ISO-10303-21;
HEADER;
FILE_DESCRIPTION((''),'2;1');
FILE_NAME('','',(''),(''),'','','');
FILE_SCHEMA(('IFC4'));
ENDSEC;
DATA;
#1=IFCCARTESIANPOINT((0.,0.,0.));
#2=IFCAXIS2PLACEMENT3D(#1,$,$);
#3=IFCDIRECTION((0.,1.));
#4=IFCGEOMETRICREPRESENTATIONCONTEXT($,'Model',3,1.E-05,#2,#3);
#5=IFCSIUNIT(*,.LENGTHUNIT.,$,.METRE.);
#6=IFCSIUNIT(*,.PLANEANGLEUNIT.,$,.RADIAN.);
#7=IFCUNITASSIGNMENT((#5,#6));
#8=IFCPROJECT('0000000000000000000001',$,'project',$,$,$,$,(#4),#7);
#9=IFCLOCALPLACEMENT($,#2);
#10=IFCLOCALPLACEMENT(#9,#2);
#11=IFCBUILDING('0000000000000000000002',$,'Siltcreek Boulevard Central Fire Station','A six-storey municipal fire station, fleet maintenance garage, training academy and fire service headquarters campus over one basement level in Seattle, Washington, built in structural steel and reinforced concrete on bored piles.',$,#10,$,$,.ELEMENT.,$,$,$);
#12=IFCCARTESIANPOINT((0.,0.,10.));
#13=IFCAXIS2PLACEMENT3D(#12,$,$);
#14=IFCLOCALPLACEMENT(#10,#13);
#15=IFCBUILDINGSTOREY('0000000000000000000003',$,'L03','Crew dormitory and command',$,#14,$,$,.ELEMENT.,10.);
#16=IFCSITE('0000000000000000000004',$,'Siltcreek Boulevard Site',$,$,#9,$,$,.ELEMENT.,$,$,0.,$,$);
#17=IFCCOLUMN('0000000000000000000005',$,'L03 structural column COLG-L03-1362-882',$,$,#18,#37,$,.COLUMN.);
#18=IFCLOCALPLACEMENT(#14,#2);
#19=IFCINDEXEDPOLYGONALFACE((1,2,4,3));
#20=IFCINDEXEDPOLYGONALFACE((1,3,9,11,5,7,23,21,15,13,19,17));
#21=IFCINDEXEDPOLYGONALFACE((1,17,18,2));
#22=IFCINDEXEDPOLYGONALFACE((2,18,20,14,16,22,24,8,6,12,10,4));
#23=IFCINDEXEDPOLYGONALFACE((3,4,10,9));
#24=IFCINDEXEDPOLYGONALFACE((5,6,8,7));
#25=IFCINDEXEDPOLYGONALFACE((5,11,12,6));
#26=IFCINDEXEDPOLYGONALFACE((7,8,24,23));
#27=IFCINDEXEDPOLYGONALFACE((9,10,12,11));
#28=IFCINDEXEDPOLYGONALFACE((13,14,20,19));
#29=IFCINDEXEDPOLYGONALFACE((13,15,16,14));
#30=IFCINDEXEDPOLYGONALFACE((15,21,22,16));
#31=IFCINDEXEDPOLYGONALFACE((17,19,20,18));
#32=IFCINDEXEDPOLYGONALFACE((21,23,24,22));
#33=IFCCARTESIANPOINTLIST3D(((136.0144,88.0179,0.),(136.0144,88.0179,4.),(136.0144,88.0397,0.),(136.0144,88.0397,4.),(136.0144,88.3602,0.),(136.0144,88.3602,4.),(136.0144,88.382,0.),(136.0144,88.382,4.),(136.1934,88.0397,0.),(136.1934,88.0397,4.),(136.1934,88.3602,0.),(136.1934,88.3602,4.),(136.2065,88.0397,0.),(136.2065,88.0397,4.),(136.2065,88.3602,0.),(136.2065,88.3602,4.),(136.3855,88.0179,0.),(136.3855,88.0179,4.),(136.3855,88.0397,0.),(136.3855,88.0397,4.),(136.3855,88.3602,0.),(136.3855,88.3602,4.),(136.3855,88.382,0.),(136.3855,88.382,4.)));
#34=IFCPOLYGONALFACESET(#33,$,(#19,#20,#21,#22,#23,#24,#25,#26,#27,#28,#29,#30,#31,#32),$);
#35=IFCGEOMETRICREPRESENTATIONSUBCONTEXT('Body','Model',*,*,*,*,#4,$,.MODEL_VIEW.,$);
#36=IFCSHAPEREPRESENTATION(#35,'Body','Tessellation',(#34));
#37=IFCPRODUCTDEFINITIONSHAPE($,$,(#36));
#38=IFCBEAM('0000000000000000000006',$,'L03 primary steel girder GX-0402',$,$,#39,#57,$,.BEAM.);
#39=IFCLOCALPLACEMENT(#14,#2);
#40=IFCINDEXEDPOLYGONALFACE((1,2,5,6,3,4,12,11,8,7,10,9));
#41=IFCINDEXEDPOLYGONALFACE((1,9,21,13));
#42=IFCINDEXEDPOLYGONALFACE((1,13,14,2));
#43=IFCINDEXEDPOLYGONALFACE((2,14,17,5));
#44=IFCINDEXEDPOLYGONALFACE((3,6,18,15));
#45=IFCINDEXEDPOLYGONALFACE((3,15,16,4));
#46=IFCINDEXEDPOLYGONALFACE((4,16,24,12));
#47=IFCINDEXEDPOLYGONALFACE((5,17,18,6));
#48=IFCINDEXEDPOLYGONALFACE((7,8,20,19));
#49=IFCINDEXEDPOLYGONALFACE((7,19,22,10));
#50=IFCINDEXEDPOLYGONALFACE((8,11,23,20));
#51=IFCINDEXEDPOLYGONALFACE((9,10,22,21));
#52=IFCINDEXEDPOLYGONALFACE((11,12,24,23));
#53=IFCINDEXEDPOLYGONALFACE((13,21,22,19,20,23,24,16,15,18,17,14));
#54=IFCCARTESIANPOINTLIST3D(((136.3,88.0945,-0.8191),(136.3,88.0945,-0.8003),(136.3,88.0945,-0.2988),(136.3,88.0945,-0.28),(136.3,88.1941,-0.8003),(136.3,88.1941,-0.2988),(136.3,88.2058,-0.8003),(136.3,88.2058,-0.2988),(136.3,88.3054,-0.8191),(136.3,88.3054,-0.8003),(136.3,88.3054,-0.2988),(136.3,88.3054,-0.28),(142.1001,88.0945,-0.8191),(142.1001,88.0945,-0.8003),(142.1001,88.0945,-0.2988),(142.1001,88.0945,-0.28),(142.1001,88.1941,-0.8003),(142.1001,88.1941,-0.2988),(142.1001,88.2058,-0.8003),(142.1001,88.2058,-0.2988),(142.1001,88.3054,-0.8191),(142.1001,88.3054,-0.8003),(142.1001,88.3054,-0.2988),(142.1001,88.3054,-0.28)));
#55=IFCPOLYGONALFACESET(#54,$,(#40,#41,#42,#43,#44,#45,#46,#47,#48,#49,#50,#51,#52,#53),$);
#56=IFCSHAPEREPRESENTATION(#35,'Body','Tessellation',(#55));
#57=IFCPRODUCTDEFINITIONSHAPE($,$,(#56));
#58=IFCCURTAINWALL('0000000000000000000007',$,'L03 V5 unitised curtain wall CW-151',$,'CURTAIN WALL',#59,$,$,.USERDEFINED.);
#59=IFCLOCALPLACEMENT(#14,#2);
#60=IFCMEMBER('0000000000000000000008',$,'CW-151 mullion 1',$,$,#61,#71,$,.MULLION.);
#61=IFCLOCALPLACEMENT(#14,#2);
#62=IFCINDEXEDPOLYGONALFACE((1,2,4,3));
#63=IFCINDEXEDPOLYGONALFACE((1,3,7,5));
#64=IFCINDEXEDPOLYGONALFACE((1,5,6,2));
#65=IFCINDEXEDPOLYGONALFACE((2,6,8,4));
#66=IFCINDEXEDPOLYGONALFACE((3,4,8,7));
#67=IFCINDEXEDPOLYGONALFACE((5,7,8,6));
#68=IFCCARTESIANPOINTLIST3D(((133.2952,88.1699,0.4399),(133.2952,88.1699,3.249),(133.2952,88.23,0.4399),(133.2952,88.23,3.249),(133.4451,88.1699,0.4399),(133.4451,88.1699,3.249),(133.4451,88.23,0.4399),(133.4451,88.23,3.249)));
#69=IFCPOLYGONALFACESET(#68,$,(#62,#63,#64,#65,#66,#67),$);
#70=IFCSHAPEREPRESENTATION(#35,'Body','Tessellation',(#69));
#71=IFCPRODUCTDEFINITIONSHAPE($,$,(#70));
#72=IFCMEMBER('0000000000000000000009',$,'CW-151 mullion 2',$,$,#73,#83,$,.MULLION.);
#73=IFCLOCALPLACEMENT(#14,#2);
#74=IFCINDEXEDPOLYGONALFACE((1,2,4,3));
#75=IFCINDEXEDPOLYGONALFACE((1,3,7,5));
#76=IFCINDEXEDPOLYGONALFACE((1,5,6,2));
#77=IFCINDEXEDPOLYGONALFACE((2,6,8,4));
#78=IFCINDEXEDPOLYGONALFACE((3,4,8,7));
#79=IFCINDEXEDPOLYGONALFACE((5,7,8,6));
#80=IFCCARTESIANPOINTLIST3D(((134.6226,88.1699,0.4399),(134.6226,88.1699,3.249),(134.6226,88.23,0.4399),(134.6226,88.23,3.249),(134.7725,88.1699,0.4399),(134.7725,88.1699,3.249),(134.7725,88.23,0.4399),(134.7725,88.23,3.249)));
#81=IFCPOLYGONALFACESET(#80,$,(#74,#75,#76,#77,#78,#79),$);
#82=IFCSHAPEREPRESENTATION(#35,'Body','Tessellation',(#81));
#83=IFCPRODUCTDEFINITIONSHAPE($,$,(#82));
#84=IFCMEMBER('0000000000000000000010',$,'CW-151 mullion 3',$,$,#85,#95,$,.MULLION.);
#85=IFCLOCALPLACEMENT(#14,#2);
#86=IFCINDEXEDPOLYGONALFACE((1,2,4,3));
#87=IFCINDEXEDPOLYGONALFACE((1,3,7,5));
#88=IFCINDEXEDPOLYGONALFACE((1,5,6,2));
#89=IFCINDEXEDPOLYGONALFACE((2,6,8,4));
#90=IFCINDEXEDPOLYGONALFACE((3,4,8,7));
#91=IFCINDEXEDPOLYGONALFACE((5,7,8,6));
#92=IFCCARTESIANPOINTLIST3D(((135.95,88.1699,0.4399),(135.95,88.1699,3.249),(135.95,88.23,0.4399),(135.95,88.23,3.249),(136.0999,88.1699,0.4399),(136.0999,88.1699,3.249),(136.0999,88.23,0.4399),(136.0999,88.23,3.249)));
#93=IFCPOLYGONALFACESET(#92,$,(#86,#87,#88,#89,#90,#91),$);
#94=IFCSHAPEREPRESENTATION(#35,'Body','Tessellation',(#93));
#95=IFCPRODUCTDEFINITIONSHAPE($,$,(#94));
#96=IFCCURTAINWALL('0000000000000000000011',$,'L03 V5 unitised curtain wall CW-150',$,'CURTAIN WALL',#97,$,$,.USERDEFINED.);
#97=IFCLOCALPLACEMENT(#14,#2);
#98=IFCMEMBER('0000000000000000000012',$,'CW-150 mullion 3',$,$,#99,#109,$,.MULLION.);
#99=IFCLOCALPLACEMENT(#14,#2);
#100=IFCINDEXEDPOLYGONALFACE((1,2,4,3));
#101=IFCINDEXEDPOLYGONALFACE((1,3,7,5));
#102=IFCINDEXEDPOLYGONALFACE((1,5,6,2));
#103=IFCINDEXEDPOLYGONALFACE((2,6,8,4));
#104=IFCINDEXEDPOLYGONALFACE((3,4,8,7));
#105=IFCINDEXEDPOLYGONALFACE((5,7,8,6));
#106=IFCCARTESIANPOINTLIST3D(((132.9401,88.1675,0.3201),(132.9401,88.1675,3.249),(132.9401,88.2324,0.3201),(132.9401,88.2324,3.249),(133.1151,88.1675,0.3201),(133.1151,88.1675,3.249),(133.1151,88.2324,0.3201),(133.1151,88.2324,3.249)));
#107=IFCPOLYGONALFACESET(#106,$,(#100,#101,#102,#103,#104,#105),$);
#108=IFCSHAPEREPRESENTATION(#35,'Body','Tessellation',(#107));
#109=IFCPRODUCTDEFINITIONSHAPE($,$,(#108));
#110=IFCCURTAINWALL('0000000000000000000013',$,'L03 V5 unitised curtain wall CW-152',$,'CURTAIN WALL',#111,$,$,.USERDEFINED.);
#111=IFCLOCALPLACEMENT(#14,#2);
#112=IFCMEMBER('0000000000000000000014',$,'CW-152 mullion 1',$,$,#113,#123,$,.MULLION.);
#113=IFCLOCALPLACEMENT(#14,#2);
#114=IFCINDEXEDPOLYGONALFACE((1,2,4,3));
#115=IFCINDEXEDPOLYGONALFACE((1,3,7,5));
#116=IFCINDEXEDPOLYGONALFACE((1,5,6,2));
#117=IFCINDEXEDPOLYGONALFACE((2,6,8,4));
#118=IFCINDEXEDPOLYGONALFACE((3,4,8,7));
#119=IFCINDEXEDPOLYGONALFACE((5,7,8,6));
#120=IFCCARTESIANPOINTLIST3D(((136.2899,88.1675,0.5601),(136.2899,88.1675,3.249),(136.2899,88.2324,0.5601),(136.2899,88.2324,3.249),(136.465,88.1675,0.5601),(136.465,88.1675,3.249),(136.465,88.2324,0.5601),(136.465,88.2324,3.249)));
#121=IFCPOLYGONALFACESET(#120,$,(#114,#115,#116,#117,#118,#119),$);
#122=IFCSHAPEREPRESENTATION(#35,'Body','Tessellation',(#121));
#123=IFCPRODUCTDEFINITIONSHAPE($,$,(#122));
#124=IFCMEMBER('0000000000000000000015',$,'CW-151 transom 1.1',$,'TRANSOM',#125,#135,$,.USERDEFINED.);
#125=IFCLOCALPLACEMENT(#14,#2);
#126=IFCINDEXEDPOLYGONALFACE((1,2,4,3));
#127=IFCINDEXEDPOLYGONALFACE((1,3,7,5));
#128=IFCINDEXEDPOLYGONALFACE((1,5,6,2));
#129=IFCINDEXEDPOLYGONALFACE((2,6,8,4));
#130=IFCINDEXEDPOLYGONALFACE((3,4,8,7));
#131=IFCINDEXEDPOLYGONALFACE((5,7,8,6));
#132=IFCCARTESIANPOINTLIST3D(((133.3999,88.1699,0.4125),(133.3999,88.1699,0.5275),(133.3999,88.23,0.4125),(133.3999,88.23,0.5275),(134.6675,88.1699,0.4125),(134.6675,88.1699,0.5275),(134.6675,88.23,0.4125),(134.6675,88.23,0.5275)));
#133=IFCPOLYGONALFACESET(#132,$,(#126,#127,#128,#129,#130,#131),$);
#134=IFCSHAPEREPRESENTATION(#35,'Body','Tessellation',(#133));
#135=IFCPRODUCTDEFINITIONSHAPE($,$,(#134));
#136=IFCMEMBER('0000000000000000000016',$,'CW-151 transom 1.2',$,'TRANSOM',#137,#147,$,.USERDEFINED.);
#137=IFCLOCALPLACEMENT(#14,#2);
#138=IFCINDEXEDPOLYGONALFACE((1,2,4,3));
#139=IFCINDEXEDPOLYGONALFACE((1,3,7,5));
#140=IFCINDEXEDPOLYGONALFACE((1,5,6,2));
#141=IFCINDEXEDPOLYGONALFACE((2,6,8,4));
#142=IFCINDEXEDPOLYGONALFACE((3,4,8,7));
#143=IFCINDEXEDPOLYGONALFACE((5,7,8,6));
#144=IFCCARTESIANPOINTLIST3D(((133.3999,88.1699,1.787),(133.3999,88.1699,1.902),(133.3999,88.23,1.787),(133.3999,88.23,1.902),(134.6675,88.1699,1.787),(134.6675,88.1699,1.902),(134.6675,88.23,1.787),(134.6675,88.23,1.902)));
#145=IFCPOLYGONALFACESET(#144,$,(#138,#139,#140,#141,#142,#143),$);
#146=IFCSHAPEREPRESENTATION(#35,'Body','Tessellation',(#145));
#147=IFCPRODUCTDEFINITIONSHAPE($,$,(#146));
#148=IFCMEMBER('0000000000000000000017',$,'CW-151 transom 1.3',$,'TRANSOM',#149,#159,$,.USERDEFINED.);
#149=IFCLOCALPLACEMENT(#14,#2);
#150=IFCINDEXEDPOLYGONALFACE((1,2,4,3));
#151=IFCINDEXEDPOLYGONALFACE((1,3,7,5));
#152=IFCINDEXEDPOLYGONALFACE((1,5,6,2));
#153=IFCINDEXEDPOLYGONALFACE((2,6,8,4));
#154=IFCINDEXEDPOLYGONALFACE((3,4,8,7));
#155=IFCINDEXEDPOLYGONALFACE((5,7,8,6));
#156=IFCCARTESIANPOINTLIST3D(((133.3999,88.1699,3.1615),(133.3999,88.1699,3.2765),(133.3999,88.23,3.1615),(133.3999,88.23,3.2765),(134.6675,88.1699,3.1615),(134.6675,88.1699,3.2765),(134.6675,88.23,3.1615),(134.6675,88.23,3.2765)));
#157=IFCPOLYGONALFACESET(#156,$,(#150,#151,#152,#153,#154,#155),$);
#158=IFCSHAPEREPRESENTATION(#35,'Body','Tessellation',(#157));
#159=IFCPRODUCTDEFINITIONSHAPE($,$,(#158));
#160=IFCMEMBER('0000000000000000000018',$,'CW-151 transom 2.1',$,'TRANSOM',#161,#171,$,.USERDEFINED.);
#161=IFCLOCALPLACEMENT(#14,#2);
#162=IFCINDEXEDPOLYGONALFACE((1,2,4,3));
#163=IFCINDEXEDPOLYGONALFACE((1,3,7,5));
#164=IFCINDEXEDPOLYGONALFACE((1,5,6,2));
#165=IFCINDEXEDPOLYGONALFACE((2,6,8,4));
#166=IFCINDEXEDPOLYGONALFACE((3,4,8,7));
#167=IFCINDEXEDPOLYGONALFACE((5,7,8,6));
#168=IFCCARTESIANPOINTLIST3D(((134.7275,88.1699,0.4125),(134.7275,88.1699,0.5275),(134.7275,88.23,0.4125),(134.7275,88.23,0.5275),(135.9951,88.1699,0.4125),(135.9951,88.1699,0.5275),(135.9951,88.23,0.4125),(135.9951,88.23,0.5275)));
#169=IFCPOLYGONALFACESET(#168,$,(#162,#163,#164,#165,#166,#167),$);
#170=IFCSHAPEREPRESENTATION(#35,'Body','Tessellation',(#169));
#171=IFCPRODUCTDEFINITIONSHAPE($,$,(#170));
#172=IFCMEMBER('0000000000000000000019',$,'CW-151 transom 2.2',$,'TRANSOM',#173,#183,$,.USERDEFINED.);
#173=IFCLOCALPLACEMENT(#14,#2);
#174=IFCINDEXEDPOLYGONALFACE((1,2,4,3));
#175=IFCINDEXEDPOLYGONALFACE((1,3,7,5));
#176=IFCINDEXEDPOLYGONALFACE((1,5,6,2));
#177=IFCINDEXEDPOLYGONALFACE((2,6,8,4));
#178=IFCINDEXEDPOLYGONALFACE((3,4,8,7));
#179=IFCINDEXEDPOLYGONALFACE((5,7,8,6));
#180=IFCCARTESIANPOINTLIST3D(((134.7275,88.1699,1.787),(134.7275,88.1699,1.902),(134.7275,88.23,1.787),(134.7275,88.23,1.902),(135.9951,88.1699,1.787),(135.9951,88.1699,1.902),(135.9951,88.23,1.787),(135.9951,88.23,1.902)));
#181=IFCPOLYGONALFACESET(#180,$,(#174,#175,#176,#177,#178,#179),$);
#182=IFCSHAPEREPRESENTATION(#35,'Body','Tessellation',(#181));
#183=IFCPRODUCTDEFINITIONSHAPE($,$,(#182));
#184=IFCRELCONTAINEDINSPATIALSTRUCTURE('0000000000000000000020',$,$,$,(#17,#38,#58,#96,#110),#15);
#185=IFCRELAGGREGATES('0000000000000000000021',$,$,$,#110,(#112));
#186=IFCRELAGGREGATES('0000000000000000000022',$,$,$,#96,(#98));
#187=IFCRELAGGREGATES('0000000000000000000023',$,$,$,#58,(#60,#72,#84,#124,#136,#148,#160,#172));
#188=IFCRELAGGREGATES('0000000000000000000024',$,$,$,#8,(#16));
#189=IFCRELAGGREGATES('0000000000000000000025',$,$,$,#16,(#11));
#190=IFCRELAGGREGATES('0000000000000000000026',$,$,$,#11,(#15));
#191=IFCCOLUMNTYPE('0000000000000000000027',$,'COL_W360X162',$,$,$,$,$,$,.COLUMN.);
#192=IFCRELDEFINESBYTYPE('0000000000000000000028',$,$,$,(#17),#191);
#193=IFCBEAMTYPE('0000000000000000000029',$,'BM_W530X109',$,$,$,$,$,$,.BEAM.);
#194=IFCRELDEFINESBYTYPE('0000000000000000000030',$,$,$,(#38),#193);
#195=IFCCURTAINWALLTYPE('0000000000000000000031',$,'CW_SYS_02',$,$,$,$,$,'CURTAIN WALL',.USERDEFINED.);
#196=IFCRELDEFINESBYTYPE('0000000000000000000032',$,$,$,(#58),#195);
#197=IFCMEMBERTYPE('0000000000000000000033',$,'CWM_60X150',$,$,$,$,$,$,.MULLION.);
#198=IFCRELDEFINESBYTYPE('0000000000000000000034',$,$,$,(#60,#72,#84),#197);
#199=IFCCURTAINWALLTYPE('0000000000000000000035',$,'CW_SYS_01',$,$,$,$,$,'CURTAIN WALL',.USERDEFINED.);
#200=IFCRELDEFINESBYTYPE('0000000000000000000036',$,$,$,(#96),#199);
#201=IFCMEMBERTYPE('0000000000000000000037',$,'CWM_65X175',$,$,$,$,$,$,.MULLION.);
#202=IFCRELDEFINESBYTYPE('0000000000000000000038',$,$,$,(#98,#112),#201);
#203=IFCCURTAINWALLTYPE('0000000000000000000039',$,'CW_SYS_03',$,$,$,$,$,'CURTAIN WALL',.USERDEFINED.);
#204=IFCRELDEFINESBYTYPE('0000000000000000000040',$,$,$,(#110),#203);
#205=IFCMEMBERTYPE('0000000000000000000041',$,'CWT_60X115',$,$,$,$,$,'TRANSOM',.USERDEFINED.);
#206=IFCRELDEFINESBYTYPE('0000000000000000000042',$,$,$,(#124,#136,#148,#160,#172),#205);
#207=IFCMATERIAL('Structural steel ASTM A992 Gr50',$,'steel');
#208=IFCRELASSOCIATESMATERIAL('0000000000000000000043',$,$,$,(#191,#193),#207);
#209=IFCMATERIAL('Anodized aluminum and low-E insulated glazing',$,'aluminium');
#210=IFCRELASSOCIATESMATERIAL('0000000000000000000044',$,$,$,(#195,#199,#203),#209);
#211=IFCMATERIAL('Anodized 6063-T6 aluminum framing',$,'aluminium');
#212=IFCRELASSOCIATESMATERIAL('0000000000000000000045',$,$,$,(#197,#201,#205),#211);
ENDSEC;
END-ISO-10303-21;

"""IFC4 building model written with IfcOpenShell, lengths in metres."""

from ifc_helpers import new_model, si_unit, direction, frame, origin, origin_2d, place, context, subcontext, project, spatial, rectangle, i_section, extrude, material, material_profile, profile_set, type_object, element, aggregate, save


model = new_model("IFC4")

# Units and contexts
model_context = context("Model", 3, precision=1e-05, world=origin(), true_north=direction((0.0, 1.0)))
body_context = subcontext(model_context, "Body", "Model", "MODEL_VIEW")
ifc_project = project(units=[si_unit("LENGTHUNIT", "METRE"), si_unit("PLANEANGLEUNIT", "RADIAN")], contexts=[model_context])

# Site, building, storey
site_placement = place(None, origin())
site = spatial("IfcSite", under=ifc_project, at=site_placement, Name="Siltcreek Boulevard Site", CompositionType="ELEMENT", RefElevation=0.0)
building_placement = place(site_placement, origin())
building = spatial("IfcBuilding", under=site, at=building_placement, Name="Siltcreek Boulevard Central Fire Station", Description="A six-storey municipal fire station, fleet maintenance garage, training academy and fire service headquarters campus over one basement level in Seattle, Washington, built in structural steel and reinforced concrete on bored piles.", CompositionType="ELEMENT")
storey_placement = place(building_placement, frame((0.0, 0.0, 10.0)))
storey = spatial("IfcBuildingStorey", under=building, at=storey_placement, Name="L03", Description="Crew dormitory and command", CompositionType="ELEMENT", Elevation=10.0)

# Column
ifc_material_1 = material(Name="Structural steel ASTM A992 Gr50", Category="steel")
ifc_material_profile_1 = material_profile(ifc_material_1, i_section(OverallWidth=0.3711, OverallDepth=0.364, WebThickness=0.0132, FlangeThickness=0.0217, at=origin_2d()), Name="W360X162")
ifc_profile_set_1 = profile_set([ifc_material_profile_1], Name="Structural steel ASTM A992 Gr50")
column_type = type_object("IfcColumnType", Name="COL_W360X162", PredefinedType="COLUMN", material=ifc_profile_set_1)
column_placement = place(storey_placement, frame((136.2, 88.2, 0.0), z_axis=(0.0, 0.0, 1.0), x_axis=(1.0, 0.0, 0.0)))
element("IfcColumn", 1, at=column_placement, inside=storey, type_object=column_type, Name="L03 structural column COLG-L03-1362-882", PredefinedType="COLUMN", context=body_context, shape_type="SweptSolid", body=[
    extrude(i_section(OverallWidth=0.3711, OverallDepth=0.364, WebThickness=0.0132, FlangeThickness=0.0217, at=origin_2d()), origin(), (0.0, 0.0, 1.0), 4.0),
])

# Beam
ifc_material_profile_2 = material_profile(ifc_material_1, i_section(OverallWidth=0.2109, OverallDepth=0.5391, WebThickness=0.0117, FlangeThickness=0.0188, at=origin_2d()), Name="W530X109")
ifc_profile_set_2 = profile_set([ifc_material_profile_2], Name="Structural steel ASTM A992 Gr50")
beam_type = type_object("IfcBeamType", Name="BM_W530X109", PredefinedType="BEAM", material=ifc_profile_set_2)
beam_placement = place(storey_placement, frame((136.3, 88.2, -0.5496), z_axis=(1.0, 0.0, 0.0), x_axis=(0.0, 1.0, 0.0)))
element("IfcBeam", 2, at=beam_placement, inside=storey, type_object=beam_type, Name="L03 primary steel girder GX-0402", PredefinedType="BEAM", context=body_context, shape_type="SweptSolid", body=[
    extrude(i_section(OverallWidth=0.2109, OverallDepth=0.5391, WebThickness=0.0117, FlangeThickness=0.0188, at=origin_2d()), origin(), (0.0, 0.0, 1.0), 5.8),
])

# Curtain wall, members
ifc_material_2 = material(Name="Anodized aluminum and low-E insulated glazing", Category="aluminium")
curtain_wall_type_1 = type_object("IfcCurtainWallType", Name="CW_SYS_02", ElementType="CURTAIN WALL", PredefinedType="USERDEFINED", material=ifc_material_2)
curtain_wall_1_placement = place(storey_placement, origin())
curtain_wall_1 = element("IfcCurtainWall", 3, at=curtain_wall_1_placement, inside=storey, type_object=curtain_wall_type_1, Name="L03 V5 unitised curtain wall CW-151", ObjectType="CURTAIN WALL", PredefinedType="USERDEFINED")
ifc_material_3 = material(Name="Anodized 6063-T6 aluminum framing", Category="aluminium")
ifc_material_profile_3 = material_profile(ifc_material_3, rectangle(XDim=0.0601, YDim=0.1499, at=origin_2d()), Name="MULL60X150")
ifc_profile_set_3 = profile_set([ifc_material_profile_3], Name="Anodized 6063-T6 aluminum framing")
member_type_1 = type_object("IfcMemberType", Name="CWM_60X150", PredefinedType="MULLION", material=ifc_profile_set_3)
member_1_placement = place(storey_placement, frame((133.3701, 88.2, 0.4399), z_axis=(0.0, 0.0, 1.0), x_axis=(0.0, 1.0, 0.0)))
member_1 = element("IfcMember", 4, at=member_1_placement, type_object=member_type_1, Name="CW-151 mullion 1", PredefinedType="MULLION", context=body_context, shape_type="SweptSolid", body=[
    extrude(rectangle(XDim=0.0601, YDim=0.1499, at=origin_2d()), origin(), (0.0, 0.0, 1.0), 2.8091),
])
member_2_placement = place(storey_placement, frame((134.6975, 88.2, 0.4399), z_axis=(0.0, 0.0, 1.0), x_axis=(0.0, 1.0, 0.0)))
member_2 = element("IfcMember", 5, at=member_2_placement, type_object=member_type_1, Name="CW-151 mullion 2", PredefinedType="MULLION", context=body_context, shape_type="SweptSolid", body=[
    extrude(rectangle(XDim=0.0601, YDim=0.1499, at=origin_2d()), origin(), (0.0, 0.0, 1.0), 2.8091),
])
member_3_placement = place(storey_placement, frame((136.0249, 88.2, 0.4399), z_axis=(0.0, 0.0, 1.0), x_axis=(0.0, 1.0, 0.0)))
member_3 = element("IfcMember", 6, at=member_3_placement, type_object=member_type_1, Name="CW-151 mullion 3", PredefinedType="MULLION", context=body_context, shape_type="SweptSolid", body=[
    extrude(rectangle(XDim=0.0601, YDim=0.1499, at=origin_2d()), origin(), (0.0, 0.0, 1.0), 2.8091),
])

# Curtain walls, members
curtain_wall_type_2 = type_object("IfcCurtainWallType", Name="CW_SYS_01", ElementType="CURTAIN WALL", PredefinedType="USERDEFINED", material=ifc_material_2)
curtain_wall_2_placement = place(storey_placement, origin())
curtain_wall_2 = element("IfcCurtainWall", 7, at=curtain_wall_2_placement, inside=storey, type_object=curtain_wall_type_2, Name="L03 V5 unitised curtain wall CW-150", ObjectType="CURTAIN WALL", PredefinedType="USERDEFINED")
ifc_material_profile_4 = material_profile(ifc_material_3, rectangle(XDim=0.0649, YDim=0.175, at=origin_2d()), Name="MULL65X175")
ifc_profile_set_4 = profile_set([ifc_material_profile_4], Name="Anodized 6063-T6 aluminum framing")
member_type_2 = type_object("IfcMemberType", Name="CWM_65X175", PredefinedType="MULLION", material=ifc_profile_set_4)
member_4_placement = place(storey_placement, frame((133.0276, 88.2, 0.3201), z_axis=(0.0, 0.0, 1.0), x_axis=(0.0, 1.0, 0.0)))
member_4 = element("IfcMember", 8, at=member_4_placement, type_object=member_type_2, Name="CW-150 mullion 3", PredefinedType="MULLION", context=body_context, shape_type="SweptSolid", body=[
    extrude(rectangle(XDim=0.0649, YDim=0.175, at=origin_2d()), origin(), (0.0, 0.0, 1.0), 2.929),
])
curtain_wall_type_3 = type_object("IfcCurtainWallType", Name="CW_SYS_03", ElementType="CURTAIN WALL", PredefinedType="USERDEFINED", material=ifc_material_2)
curtain_wall_3_placement = place(storey_placement, origin())
curtain_wall_3 = element("IfcCurtainWall", 9, at=curtain_wall_3_placement, inside=storey, type_object=curtain_wall_type_3, Name="L03 V5 unitised curtain wall CW-152", ObjectType="CURTAIN WALL", PredefinedType="USERDEFINED")
member_5_placement = place(storey_placement, frame((136.3774, 88.2, 0.5601), z_axis=(0.0, 0.0, 1.0), x_axis=(0.0, 1.0, 0.0)))
member_5 = element("IfcMember", 10, at=member_5_placement, type_object=member_type_2, Name="CW-152 mullion 1", PredefinedType="MULLION", context=body_context, shape_type="SweptSolid", body=[
    extrude(rectangle(XDim=0.0649, YDim=0.175, at=origin_2d()), origin(), (0.0, 0.0, 1.0), 2.689),
])
aggregate(curtain_wall_3, [member_5])

# Members
ifc_material_profile_5 = material_profile(ifc_material_3, rectangle(XDim=0.0601, YDim=0.115, at=origin_2d()), Name="TRAN60X115")
ifc_profile_set_5 = profile_set([ifc_material_profile_5], Name="Anodized 6063-T6 aluminum framing")
member_type_3 = type_object("IfcMemberType", Name="CWT_60X115", ElementType="TRANSOM", PredefinedType="USERDEFINED", material=ifc_profile_set_5)
member_6_placement = place(storey_placement, frame((133.3999, 88.2, 0.47), z_axis=(1.0, 0.0, 0.0), x_axis=(0.0, 1.0, 0.0)))
member_6 = element("IfcMember", 11, at=member_6_placement, type_object=member_type_3, Name="CW-151 transom 1.1", ObjectType="TRANSOM", PredefinedType="USERDEFINED", context=body_context, shape_type="SweptSolid", body=[
    extrude(rectangle(XDim=0.0601, YDim=0.115, at=origin_2d()), origin(), (0.0, 0.0, 1.0), 1.2676),
])
member_7_placement = place(storey_placement, frame((133.3999, 88.2, 1.8445), z_axis=(1.0, 0.0, 0.0), x_axis=(0.0, 1.0, 0.0)))
member_7 = element("IfcMember", 12, at=member_7_placement, type_object=member_type_3, Name="CW-151 transom 1.2", ObjectType="TRANSOM", PredefinedType="USERDEFINED", context=body_context, shape_type="SweptSolid", body=[
    extrude(rectangle(XDim=0.0601, YDim=0.115, at=origin_2d()), origin(), (0.0, 0.0, 1.0), 1.2676),
])
member_8_placement = place(storey_placement, frame((133.3999, 88.2, 3.219), z_axis=(1.0, 0.0, 0.0), x_axis=(0.0, 1.0, 0.0)))
member_8 = element("IfcMember", 13, at=member_8_placement, type_object=member_type_3, Name="CW-151 transom 1.3", ObjectType="TRANSOM", PredefinedType="USERDEFINED", context=body_context, shape_type="SweptSolid", body=[
    extrude(rectangle(XDim=0.0601, YDim=0.115, at=origin_2d()), origin(), (0.0, 0.0, 1.0), 1.2676),
])
member_9_placement = place(storey_placement, frame((134.7275, 88.2, 0.47), z_axis=(1.0, 0.0, 0.0), x_axis=(0.0, 1.0, 0.0)))
member_9 = element("IfcMember", 14, at=member_9_placement, type_object=member_type_3, Name="CW-151 transom 2.1", ObjectType="TRANSOM", PredefinedType="USERDEFINED", context=body_context, shape_type="SweptSolid", body=[
    extrude(rectangle(XDim=0.0601, YDim=0.115, at=origin_2d()), origin(), (0.0, 0.0, 1.0), 1.2676),
])
member_10_placement = place(storey_placement, frame((134.7275, 88.2, 1.8445), z_axis=(1.0, 0.0, 0.0), x_axis=(0.0, 1.0, 0.0)))
member_10 = element("IfcMember", 15, at=member_10_placement, type_object=member_type_3, Name="CW-151 transom 2.2", ObjectType="TRANSOM", PredefinedType="USERDEFINED", context=body_context, shape_type="SweptSolid", body=[
    extrude(rectangle(XDim=0.0601, YDim=0.115, at=origin_2d()), origin(), (0.0, 0.0, 1.0), 1.2676),
])

aggregate(curtain_wall_2, [member_4])
aggregate(curtain_wall_1, [member_1, member_2, member_3, member_6, member_7, member_8, member_9, member_10])

save(model, "model.ifc")
